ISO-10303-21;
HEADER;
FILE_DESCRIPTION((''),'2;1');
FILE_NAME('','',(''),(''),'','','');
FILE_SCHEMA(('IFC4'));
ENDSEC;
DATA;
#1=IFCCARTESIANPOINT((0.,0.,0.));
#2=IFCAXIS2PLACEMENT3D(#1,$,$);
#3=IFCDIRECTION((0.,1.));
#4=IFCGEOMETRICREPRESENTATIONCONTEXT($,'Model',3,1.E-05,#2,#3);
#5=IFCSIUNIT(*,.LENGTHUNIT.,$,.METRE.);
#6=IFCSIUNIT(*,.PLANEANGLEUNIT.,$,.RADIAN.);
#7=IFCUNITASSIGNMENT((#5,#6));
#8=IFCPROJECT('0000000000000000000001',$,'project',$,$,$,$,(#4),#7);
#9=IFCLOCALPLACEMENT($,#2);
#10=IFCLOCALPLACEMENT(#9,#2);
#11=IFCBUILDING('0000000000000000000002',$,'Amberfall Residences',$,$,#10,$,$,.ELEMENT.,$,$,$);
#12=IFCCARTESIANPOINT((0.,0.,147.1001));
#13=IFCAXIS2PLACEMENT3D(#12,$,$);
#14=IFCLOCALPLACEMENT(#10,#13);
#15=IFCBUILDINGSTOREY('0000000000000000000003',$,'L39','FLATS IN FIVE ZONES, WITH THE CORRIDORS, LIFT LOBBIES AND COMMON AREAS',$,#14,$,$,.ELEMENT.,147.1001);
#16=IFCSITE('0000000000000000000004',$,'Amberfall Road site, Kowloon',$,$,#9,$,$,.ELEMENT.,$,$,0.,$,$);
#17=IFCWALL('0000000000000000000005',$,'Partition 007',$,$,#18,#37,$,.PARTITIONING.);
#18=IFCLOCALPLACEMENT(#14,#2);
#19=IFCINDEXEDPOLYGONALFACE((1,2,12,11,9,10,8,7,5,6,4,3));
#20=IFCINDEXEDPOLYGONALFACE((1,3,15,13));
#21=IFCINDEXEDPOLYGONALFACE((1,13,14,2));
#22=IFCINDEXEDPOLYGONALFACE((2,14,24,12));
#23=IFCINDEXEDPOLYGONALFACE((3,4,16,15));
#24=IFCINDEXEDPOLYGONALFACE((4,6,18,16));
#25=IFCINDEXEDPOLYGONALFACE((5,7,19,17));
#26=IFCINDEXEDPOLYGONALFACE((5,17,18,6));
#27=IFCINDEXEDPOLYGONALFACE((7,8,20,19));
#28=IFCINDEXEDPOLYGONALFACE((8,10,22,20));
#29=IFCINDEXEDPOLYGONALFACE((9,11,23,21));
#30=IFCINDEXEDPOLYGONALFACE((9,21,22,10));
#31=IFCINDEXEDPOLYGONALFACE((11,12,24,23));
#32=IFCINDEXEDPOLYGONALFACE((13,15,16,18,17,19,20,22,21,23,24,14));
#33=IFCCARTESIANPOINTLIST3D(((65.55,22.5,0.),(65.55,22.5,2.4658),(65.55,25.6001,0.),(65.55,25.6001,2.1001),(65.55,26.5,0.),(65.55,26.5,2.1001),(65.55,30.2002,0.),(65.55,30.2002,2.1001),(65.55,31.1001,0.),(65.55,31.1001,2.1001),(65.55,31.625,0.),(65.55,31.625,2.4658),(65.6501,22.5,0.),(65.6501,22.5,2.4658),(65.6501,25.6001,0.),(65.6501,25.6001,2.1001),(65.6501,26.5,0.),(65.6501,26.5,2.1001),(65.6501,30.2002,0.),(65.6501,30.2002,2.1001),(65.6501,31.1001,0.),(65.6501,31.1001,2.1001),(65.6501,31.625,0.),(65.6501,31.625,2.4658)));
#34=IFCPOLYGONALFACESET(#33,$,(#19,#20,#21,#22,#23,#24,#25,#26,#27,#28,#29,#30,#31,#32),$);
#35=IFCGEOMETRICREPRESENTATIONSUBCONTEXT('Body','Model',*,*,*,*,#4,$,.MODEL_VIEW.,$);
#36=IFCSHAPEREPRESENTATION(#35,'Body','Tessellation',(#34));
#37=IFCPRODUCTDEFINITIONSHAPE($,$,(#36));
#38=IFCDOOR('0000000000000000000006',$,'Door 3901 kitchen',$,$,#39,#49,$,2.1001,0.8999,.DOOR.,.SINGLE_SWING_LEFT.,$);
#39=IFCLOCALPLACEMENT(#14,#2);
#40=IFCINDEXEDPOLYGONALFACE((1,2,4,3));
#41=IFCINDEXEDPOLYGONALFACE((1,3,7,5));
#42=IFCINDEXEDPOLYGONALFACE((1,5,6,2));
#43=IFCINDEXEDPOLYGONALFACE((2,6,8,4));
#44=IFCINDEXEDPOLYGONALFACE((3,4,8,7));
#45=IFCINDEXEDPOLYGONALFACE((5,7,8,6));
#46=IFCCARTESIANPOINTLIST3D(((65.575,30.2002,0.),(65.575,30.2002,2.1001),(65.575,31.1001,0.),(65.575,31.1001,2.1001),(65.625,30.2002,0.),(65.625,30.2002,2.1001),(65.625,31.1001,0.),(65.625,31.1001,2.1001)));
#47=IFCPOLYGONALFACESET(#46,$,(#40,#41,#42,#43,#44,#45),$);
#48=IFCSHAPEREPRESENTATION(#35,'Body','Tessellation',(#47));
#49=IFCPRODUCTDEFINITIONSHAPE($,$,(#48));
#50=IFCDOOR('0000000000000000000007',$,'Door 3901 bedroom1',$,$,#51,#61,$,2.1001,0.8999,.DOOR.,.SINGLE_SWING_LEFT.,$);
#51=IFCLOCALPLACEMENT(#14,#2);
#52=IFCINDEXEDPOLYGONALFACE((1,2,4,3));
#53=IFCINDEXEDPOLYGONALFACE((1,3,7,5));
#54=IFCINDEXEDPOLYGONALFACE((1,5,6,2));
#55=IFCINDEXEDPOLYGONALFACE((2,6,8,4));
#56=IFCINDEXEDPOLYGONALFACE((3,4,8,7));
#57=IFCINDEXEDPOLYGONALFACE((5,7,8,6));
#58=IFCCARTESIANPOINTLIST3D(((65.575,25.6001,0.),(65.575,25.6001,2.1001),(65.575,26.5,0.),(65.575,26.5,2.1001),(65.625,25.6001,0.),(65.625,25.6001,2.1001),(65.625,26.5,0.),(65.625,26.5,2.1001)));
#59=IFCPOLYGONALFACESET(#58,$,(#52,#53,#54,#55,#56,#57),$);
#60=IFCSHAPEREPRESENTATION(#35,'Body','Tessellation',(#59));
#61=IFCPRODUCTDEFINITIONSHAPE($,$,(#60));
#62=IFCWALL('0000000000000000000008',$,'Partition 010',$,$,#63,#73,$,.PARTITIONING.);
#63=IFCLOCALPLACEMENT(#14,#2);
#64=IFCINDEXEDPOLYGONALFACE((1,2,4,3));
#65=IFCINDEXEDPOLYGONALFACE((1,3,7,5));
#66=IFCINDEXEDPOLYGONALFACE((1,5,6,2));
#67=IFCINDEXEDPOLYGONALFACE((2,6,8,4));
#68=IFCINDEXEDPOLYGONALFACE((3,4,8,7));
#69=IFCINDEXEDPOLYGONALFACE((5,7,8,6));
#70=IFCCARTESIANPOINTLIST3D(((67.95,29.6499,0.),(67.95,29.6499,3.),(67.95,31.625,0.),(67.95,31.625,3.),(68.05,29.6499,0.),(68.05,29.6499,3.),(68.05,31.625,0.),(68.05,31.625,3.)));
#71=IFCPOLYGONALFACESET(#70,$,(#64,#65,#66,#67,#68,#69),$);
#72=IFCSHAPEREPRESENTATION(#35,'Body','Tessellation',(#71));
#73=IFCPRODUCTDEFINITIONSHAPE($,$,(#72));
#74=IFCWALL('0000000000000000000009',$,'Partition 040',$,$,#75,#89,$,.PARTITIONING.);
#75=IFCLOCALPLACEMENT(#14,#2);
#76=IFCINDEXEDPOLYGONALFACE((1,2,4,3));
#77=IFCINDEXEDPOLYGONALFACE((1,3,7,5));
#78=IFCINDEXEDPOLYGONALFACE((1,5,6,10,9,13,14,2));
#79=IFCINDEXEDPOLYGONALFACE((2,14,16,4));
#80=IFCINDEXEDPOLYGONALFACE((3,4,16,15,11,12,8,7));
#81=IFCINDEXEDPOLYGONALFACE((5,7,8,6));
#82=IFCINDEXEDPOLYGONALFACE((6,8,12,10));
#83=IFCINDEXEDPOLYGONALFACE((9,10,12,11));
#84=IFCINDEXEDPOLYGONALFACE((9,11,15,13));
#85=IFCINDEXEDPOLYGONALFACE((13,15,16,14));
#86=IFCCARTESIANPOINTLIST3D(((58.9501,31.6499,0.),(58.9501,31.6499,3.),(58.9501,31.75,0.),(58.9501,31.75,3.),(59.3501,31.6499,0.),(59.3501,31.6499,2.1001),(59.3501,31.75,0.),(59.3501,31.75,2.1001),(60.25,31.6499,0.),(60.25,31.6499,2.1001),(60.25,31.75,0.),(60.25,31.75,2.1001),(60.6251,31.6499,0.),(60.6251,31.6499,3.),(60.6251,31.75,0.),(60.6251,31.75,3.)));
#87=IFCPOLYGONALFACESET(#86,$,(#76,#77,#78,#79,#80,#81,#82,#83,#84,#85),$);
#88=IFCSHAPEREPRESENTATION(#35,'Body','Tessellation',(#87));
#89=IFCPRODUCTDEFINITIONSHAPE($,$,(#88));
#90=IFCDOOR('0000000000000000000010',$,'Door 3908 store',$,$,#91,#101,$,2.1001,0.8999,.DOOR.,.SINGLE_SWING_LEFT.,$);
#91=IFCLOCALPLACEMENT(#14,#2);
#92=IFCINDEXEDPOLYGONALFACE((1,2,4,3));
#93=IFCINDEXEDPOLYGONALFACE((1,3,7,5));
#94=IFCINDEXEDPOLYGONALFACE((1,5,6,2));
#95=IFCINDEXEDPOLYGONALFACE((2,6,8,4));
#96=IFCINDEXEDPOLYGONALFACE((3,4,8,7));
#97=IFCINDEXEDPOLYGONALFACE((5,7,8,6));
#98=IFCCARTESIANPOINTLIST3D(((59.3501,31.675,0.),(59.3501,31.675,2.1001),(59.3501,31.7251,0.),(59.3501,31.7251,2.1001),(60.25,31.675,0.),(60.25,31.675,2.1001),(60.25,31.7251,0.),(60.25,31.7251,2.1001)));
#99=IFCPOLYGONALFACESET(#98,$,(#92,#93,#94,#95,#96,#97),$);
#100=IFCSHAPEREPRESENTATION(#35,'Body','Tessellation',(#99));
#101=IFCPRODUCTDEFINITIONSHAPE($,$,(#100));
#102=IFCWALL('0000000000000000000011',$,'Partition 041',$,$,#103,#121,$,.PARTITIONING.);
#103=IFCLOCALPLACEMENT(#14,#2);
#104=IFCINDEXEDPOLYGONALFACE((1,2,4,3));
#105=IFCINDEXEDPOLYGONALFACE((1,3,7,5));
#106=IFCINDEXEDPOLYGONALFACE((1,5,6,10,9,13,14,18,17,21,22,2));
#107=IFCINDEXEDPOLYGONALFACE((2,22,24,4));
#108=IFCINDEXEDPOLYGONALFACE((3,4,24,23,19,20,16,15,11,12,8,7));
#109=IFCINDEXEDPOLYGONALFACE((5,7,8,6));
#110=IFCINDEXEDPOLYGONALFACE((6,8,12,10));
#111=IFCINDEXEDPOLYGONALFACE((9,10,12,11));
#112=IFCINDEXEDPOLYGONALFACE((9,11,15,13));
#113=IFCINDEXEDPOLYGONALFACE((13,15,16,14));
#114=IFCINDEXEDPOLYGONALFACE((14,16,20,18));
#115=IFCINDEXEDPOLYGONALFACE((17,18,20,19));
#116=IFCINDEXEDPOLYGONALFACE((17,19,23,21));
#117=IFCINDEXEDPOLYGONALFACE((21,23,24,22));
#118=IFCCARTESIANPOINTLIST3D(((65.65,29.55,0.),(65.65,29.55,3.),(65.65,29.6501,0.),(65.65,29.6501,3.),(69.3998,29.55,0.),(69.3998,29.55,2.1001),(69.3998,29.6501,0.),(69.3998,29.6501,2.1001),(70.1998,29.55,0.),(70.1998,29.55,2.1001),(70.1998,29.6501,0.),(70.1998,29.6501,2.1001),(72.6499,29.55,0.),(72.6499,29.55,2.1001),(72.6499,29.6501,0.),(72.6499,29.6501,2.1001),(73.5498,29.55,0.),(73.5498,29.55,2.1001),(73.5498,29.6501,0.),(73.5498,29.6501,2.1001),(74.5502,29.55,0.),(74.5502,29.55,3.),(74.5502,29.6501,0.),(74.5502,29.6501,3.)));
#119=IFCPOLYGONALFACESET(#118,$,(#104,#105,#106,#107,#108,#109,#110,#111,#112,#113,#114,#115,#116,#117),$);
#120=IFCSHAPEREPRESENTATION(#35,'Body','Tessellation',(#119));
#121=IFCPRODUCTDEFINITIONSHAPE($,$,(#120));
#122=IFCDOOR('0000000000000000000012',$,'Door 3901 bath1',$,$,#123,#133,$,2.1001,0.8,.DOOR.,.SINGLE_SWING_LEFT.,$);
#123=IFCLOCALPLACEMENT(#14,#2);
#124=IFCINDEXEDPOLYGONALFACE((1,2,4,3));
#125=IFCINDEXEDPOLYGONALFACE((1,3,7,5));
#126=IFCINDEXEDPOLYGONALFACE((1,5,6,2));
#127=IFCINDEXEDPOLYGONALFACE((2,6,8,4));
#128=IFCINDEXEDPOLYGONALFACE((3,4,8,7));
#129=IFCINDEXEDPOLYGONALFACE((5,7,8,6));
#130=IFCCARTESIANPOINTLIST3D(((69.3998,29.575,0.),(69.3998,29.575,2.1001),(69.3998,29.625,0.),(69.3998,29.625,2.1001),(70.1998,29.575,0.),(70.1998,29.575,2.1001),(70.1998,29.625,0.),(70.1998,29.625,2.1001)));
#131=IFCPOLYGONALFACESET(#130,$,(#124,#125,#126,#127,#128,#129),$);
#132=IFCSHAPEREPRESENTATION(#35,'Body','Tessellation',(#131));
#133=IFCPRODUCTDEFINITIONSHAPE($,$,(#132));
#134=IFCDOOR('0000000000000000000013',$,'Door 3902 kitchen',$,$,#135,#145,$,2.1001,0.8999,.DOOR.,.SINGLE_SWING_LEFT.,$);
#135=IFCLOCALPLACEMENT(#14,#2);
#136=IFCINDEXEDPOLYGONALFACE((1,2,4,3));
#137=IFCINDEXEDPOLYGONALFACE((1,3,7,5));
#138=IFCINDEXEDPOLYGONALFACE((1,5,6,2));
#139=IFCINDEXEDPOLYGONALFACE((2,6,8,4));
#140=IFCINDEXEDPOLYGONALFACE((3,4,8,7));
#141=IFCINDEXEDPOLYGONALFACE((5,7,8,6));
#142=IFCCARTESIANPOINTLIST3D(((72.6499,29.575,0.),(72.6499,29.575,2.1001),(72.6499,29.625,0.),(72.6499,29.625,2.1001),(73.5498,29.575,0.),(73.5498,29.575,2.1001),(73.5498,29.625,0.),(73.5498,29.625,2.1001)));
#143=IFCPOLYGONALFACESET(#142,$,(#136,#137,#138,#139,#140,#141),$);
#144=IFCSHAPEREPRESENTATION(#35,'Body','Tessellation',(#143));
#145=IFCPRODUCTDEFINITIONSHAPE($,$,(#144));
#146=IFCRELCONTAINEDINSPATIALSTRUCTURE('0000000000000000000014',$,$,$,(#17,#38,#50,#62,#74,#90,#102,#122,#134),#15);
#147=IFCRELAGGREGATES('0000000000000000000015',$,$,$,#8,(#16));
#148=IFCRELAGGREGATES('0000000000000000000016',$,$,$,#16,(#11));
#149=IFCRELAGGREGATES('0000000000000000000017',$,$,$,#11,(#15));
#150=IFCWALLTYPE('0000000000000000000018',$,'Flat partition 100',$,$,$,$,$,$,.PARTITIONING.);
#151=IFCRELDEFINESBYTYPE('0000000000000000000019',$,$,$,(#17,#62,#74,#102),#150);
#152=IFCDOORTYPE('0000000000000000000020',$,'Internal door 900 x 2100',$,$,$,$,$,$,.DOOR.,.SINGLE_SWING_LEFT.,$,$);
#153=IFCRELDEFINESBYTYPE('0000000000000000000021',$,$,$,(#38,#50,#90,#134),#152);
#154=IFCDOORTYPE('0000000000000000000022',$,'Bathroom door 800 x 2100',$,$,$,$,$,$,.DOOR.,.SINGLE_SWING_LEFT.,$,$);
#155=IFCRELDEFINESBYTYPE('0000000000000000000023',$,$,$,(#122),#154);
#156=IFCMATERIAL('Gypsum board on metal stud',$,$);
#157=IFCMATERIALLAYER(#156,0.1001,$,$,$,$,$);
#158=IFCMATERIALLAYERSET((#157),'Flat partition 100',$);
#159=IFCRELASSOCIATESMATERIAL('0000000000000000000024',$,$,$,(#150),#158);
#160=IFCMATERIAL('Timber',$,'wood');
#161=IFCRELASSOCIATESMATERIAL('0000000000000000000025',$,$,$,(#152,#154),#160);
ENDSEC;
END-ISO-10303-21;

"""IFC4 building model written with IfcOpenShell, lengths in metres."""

from ifc_helpers import new_model, si_unit, direction, frame, frame_2d, origin, place, context, subcontext, project, spatial, rectangle, extrude, material, layer, layer_set, type_object, element, fill, save


model = new_model("IFC4")

# Units and contexts
model_context = context("Model", 3, precision=1e-05, world=origin(), true_north=direction((0.0, 1.0)))
body_context = subcontext(model_context, "Body", "Model", "MODEL_VIEW")
ifc_project = project(units=[si_unit("LENGTHUNIT", "METRE"), si_unit("PLANEANGLEUNIT", "RADIAN")], contexts=[model_context])

# Site, building, storey
site_placement = place(None, origin())
site = spatial("IfcSite", under=ifc_project, at=site_placement, Name="Amberfall Road site, Kowloon", CompositionType="ELEMENT", RefElevation=0.0)
building_placement = place(site_placement, origin())
building = spatial("IfcBuilding", under=site, at=building_placement, Name="Amberfall Residences", CompositionType="ELEMENT")
storey_placement = place(building_placement, frame((0.0, 0.0, 147.1001)))
storey = spatial("IfcBuildingStorey", under=building, at=storey_placement, Name="L39", Description="FLATS IN FIVE ZONES, WITH THE CORRIDORS, LIFT LOBBIES AND COMMON AREAS", CompositionType="ELEMENT", Elevation=147.1001)

# Wall, openings, doors
ifc_material_1 = material(Name="Gypsum board on metal stud")
ifc_layer_1 = layer(ifc_material_1, 0.1001)
ifc_layer_set_1 = layer_set([ifc_layer_1], Name="Flat partition 100")
wall_type_1 = type_object("IfcWallType", Name="Flat partition 100", PredefinedType="PARTITIONING", material=ifc_layer_set_1)
wall_1_placement = place(storey_placement, frame((65.6001, 31.625, 0.0), z_axis=(0.0, 0.0, 1.0), x_axis=(0.0, -1.0, 0.0)))
wall_1 = element("IfcWall", 1, at=wall_1_placement, inside=storey, type_object=wall_type_1, Name="Partition 007", PredefinedType="PARTITIONING", context=body_context, shape_type="SweptSolid", body=[
    extrude(rectangle(XDim=9.125, YDim=0.1001, at=frame_2d((4.5625, 0.0))), origin(), (0.0, 0.0, 1.0), 2.4658),
])
opening_1_placement = place(wall_1_placement, frame((0.5249, 0.0, 0.0)))
opening_1 = element("IfcOpeningElement", 2, at=opening_1_placement, cuts=wall_1, PredefinedType="OPENING", context=body_context, shape_type="SweptSolid", body=[
    extrude(rectangle(XDim=0.8999, YDim=2.1001, at=frame_2d((0.45, 1.05))), frame((0.0, 0.0601, 0.0), z_axis=(0.0, -1.0, 0.0), x_axis=(1.0, 0.0, 0.0)), (0.0, 0.0, 1.0), 0.1201),
])
opening_2_placement = place(wall_1_placement, frame((5.125, 0.0, 0.0)))
opening_2 = element("IfcOpeningElement", 3, at=opening_2_placement, cuts=wall_1, PredefinedType="OPENING", context=body_context, shape_type="SweptSolid", body=[
    extrude(rectangle(XDim=0.8999, YDim=2.1001, at=frame_2d((0.45, 1.05))), frame((0.0, 0.0601, 0.0), z_axis=(0.0, -1.0, 0.0), x_axis=(1.0, 0.0, 0.0)), (0.0, 0.0, 1.0), 0.1201),
])
ifc_material_2 = material(Name="Timber", Category="wood")
door_type_1 = type_object("IfcDoorType", Name="Internal door 900 x 2100", OperationType="SINGLE_SWING_LEFT", PredefinedType="DOOR", material=ifc_material_2)
door_1_placement = place(opening_1_placement, origin())
door_1 = element("IfcDoor", 4, at=door_1_placement, inside=storey, type_object=door_type_1, Name="Door 3901 kitchen", OperationType="SINGLE_SWING_LEFT", OverallHeight=2.1001, OverallWidth=0.8999, PredefinedType="DOOR", context=body_context, shape_type="SweptSolid", body=[
    extrude(rectangle(XDim=0.8999, YDim=2.1001, at=frame_2d((0.45, 1.05))), frame((0.0, 0.0249, 0.0), z_axis=(0.0, -1.0, 0.0), x_axis=(1.0, 0.0, 0.0)), (0.0, 0.0, 1.0), 0.05),
])
fill(opening_1, door_1)
door_2_placement = place(opening_2_placement, origin())
door_2 = element("IfcDoor", 5, at=door_2_placement, inside=storey, type_object=door_type_1, Name="Door 3901 bedroom1", OperationType="SINGLE_SWING_LEFT", OverallHeight=2.1001, OverallWidth=0.8999, PredefinedType="DOOR", context=body_context, shape_type="SweptSolid", body=[
    extrude(rectangle(XDim=0.8999, YDim=2.1001, at=frame_2d((0.45, 1.05))), frame((0.0, 0.0249, 0.0), z_axis=(0.0, -1.0, 0.0), x_axis=(1.0, 0.0, 0.0)), (0.0, 0.0, 1.0), 0.05),
])
fill(opening_2, door_2)

# Wall
wall_2_placement = place(storey_placement, frame((68.0, 29.6499, 0.0), z_axis=(0.0, 0.0, 1.0), x_axis=(0.0, 1.0, 0.0)))
element("IfcWall", 6, at=wall_2_placement, inside=storey, type_object=wall_type_1, Name="Partition 010", PredefinedType="PARTITIONING", context=body_context, shape_type="SweptSolid", body=[
    extrude(rectangle(XDim=1.9751, YDim=0.1001, at=frame_2d((0.9875, 0.0))), origin(), (0.0, 0.0, 1.0), 3.0),
])

# Wall, opening, door
wall_3_placement = place(storey_placement, frame((60.625, 31.7, 0.0), z_axis=(0.0, 0.0, 1.0), x_axis=(-1.0, 0.0, 0.0)))
wall_3 = element("IfcWall", 7, at=wall_3_placement, inside=storey, type_object=wall_type_1, Name="Partition 040", PredefinedType="PARTITIONING", context=body_context, shape_type="SweptSolid", body=[
    extrude(rectangle(XDim=1.675, YDim=0.1001, at=frame_2d((0.8374, 0.0))), origin(), (0.0, 0.0, 1.0), 3.0),
])
opening_3_placement = place(wall_3_placement, frame((0.375, 0.0, 0.0)))
opening_3 = element("IfcOpeningElement", 8, at=opening_3_placement, cuts=wall_3, PredefinedType="OPENING", context=body_context, shape_type="SweptSolid", body=[
    extrude(rectangle(XDim=0.8999, YDim=2.1001, at=frame_2d((0.45, 1.05))), frame((0.0, 0.0601, 0.0), z_axis=(0.0, -1.0, 0.0), x_axis=(1.0, 0.0, 0.0)), (0.0, 0.0, 1.0), 0.1201),
])
door_3_placement = place(opening_3_placement, origin())
door_3 = element("IfcDoor", 9, at=door_3_placement, inside=storey, type_object=door_type_1, Name="Door 3908 store", OperationType="SINGLE_SWING_LEFT", OverallHeight=2.1001, OverallWidth=0.8999, PredefinedType="DOOR", context=body_context, shape_type="SweptSolid", body=[
    extrude(rectangle(XDim=0.8999, YDim=2.1001, at=frame_2d((0.45, 1.05))), frame((0.0, 0.0249, 0.0), z_axis=(0.0, -1.0, 0.0), x_axis=(1.0, 0.0, 0.0)), (0.0, 0.0, 1.0), 0.05),
])
fill(opening_3, door_3)

# Wall, openings, doors
wall_4_placement = place(storey_placement, frame((65.6499, 29.6001, 0.0), z_axis=(0.0, 0.0, 1.0), x_axis=(1.0, 0.0, 0.0)))
wall_4 = element("IfcWall", 10, at=wall_4_placement, inside=storey, type_object=wall_type_1, Name="Partition 041", PredefinedType="PARTITIONING", context=body_context, shape_type="SweptSolid", body=[
    extrude(rectangle(XDim=8.9001, YDim=0.1001, at=frame_2d((4.4502, 0.0))), origin(), (0.0, 0.0, 1.0), 3.0),
])
opening_4_placement = place(wall_4_placement, frame((3.75, 0.0, 0.0)))
opening_4 = element("IfcOpeningElement", 11, at=opening_4_placement, cuts=wall_4, PredefinedType="OPENING", context=body_context, shape_type="SweptSolid", body=[
    extrude(rectangle(XDim=0.8, YDim=2.1001, at=frame_2d((0.3999, 1.05))), frame((0.0, 0.0601, 0.0), z_axis=(0.0, -1.0, 0.0), x_axis=(1.0, 0.0, 0.0)), (0.0, 0.0, 1.0), 0.1201),
])
opening_5_placement = place(wall_4_placement, frame((7.0, 0.0, 0.0)))
opening_5 = element("IfcOpeningElement", 12, at=opening_5_placement, cuts=wall_4, PredefinedType="OPENING", context=body_context, shape_type="SweptSolid", body=[
    extrude(rectangle(XDim=0.8999, YDim=2.1001, at=frame_2d((0.45, 1.05))), frame((0.0, 0.0601, 0.0), z_axis=(0.0, -1.0, 0.0), x_axis=(1.0, 0.0, 0.0)), (0.0, 0.0, 1.0), 0.1201),
])
door_type_2 = type_object("IfcDoorType", Name="Bathroom door 800 x 2100", OperationType="SINGLE_SWING_LEFT", PredefinedType="DOOR", material=ifc_material_2)
door_4_placement = place(opening_4_placement, origin())
door_4 = element("IfcDoor", 13, at=door_4_placement, inside=storey, type_object=door_type_2, Name="Door 3901 bath1", OperationType="SINGLE_SWING_LEFT", OverallHeight=2.1001, OverallWidth=0.8, PredefinedType="DOOR", context=body_context, shape_type="SweptSolid", body=[
    extrude(rectangle(XDim=0.8, YDim=2.1001, at=frame_2d((0.3999, 1.05))), frame((0.0, 0.0249, 0.0), z_axis=(0.0, -1.0, 0.0), x_axis=(1.0, 0.0, 0.0)), (0.0, 0.0, 1.0), 0.05),
])
fill(opening_4, door_4)
door_5_placement = place(opening_5_placement, origin())
door_5 = element("IfcDoor", 14, at=door_5_placement, inside=storey, type_object=door_type_1, Name="Door 3902 kitchen", OperationType="SINGLE_SWING_LEFT", OverallHeight=2.1001, OverallWidth=0.8999, PredefinedType="DOOR", context=body_context, shape_type="SweptSolid", body=[
    extrude(rectangle(XDim=0.8999, YDim=2.1001, at=frame_2d((0.45, 1.05))), frame((0.0, 0.0249, 0.0), z_axis=(0.0, -1.0, 0.0), x_axis=(1.0, 0.0, 0.0)), (0.0, 0.0, 1.0), 0.05),
])
fill(opening_5, door_5)

save(model, "model.ifc")
